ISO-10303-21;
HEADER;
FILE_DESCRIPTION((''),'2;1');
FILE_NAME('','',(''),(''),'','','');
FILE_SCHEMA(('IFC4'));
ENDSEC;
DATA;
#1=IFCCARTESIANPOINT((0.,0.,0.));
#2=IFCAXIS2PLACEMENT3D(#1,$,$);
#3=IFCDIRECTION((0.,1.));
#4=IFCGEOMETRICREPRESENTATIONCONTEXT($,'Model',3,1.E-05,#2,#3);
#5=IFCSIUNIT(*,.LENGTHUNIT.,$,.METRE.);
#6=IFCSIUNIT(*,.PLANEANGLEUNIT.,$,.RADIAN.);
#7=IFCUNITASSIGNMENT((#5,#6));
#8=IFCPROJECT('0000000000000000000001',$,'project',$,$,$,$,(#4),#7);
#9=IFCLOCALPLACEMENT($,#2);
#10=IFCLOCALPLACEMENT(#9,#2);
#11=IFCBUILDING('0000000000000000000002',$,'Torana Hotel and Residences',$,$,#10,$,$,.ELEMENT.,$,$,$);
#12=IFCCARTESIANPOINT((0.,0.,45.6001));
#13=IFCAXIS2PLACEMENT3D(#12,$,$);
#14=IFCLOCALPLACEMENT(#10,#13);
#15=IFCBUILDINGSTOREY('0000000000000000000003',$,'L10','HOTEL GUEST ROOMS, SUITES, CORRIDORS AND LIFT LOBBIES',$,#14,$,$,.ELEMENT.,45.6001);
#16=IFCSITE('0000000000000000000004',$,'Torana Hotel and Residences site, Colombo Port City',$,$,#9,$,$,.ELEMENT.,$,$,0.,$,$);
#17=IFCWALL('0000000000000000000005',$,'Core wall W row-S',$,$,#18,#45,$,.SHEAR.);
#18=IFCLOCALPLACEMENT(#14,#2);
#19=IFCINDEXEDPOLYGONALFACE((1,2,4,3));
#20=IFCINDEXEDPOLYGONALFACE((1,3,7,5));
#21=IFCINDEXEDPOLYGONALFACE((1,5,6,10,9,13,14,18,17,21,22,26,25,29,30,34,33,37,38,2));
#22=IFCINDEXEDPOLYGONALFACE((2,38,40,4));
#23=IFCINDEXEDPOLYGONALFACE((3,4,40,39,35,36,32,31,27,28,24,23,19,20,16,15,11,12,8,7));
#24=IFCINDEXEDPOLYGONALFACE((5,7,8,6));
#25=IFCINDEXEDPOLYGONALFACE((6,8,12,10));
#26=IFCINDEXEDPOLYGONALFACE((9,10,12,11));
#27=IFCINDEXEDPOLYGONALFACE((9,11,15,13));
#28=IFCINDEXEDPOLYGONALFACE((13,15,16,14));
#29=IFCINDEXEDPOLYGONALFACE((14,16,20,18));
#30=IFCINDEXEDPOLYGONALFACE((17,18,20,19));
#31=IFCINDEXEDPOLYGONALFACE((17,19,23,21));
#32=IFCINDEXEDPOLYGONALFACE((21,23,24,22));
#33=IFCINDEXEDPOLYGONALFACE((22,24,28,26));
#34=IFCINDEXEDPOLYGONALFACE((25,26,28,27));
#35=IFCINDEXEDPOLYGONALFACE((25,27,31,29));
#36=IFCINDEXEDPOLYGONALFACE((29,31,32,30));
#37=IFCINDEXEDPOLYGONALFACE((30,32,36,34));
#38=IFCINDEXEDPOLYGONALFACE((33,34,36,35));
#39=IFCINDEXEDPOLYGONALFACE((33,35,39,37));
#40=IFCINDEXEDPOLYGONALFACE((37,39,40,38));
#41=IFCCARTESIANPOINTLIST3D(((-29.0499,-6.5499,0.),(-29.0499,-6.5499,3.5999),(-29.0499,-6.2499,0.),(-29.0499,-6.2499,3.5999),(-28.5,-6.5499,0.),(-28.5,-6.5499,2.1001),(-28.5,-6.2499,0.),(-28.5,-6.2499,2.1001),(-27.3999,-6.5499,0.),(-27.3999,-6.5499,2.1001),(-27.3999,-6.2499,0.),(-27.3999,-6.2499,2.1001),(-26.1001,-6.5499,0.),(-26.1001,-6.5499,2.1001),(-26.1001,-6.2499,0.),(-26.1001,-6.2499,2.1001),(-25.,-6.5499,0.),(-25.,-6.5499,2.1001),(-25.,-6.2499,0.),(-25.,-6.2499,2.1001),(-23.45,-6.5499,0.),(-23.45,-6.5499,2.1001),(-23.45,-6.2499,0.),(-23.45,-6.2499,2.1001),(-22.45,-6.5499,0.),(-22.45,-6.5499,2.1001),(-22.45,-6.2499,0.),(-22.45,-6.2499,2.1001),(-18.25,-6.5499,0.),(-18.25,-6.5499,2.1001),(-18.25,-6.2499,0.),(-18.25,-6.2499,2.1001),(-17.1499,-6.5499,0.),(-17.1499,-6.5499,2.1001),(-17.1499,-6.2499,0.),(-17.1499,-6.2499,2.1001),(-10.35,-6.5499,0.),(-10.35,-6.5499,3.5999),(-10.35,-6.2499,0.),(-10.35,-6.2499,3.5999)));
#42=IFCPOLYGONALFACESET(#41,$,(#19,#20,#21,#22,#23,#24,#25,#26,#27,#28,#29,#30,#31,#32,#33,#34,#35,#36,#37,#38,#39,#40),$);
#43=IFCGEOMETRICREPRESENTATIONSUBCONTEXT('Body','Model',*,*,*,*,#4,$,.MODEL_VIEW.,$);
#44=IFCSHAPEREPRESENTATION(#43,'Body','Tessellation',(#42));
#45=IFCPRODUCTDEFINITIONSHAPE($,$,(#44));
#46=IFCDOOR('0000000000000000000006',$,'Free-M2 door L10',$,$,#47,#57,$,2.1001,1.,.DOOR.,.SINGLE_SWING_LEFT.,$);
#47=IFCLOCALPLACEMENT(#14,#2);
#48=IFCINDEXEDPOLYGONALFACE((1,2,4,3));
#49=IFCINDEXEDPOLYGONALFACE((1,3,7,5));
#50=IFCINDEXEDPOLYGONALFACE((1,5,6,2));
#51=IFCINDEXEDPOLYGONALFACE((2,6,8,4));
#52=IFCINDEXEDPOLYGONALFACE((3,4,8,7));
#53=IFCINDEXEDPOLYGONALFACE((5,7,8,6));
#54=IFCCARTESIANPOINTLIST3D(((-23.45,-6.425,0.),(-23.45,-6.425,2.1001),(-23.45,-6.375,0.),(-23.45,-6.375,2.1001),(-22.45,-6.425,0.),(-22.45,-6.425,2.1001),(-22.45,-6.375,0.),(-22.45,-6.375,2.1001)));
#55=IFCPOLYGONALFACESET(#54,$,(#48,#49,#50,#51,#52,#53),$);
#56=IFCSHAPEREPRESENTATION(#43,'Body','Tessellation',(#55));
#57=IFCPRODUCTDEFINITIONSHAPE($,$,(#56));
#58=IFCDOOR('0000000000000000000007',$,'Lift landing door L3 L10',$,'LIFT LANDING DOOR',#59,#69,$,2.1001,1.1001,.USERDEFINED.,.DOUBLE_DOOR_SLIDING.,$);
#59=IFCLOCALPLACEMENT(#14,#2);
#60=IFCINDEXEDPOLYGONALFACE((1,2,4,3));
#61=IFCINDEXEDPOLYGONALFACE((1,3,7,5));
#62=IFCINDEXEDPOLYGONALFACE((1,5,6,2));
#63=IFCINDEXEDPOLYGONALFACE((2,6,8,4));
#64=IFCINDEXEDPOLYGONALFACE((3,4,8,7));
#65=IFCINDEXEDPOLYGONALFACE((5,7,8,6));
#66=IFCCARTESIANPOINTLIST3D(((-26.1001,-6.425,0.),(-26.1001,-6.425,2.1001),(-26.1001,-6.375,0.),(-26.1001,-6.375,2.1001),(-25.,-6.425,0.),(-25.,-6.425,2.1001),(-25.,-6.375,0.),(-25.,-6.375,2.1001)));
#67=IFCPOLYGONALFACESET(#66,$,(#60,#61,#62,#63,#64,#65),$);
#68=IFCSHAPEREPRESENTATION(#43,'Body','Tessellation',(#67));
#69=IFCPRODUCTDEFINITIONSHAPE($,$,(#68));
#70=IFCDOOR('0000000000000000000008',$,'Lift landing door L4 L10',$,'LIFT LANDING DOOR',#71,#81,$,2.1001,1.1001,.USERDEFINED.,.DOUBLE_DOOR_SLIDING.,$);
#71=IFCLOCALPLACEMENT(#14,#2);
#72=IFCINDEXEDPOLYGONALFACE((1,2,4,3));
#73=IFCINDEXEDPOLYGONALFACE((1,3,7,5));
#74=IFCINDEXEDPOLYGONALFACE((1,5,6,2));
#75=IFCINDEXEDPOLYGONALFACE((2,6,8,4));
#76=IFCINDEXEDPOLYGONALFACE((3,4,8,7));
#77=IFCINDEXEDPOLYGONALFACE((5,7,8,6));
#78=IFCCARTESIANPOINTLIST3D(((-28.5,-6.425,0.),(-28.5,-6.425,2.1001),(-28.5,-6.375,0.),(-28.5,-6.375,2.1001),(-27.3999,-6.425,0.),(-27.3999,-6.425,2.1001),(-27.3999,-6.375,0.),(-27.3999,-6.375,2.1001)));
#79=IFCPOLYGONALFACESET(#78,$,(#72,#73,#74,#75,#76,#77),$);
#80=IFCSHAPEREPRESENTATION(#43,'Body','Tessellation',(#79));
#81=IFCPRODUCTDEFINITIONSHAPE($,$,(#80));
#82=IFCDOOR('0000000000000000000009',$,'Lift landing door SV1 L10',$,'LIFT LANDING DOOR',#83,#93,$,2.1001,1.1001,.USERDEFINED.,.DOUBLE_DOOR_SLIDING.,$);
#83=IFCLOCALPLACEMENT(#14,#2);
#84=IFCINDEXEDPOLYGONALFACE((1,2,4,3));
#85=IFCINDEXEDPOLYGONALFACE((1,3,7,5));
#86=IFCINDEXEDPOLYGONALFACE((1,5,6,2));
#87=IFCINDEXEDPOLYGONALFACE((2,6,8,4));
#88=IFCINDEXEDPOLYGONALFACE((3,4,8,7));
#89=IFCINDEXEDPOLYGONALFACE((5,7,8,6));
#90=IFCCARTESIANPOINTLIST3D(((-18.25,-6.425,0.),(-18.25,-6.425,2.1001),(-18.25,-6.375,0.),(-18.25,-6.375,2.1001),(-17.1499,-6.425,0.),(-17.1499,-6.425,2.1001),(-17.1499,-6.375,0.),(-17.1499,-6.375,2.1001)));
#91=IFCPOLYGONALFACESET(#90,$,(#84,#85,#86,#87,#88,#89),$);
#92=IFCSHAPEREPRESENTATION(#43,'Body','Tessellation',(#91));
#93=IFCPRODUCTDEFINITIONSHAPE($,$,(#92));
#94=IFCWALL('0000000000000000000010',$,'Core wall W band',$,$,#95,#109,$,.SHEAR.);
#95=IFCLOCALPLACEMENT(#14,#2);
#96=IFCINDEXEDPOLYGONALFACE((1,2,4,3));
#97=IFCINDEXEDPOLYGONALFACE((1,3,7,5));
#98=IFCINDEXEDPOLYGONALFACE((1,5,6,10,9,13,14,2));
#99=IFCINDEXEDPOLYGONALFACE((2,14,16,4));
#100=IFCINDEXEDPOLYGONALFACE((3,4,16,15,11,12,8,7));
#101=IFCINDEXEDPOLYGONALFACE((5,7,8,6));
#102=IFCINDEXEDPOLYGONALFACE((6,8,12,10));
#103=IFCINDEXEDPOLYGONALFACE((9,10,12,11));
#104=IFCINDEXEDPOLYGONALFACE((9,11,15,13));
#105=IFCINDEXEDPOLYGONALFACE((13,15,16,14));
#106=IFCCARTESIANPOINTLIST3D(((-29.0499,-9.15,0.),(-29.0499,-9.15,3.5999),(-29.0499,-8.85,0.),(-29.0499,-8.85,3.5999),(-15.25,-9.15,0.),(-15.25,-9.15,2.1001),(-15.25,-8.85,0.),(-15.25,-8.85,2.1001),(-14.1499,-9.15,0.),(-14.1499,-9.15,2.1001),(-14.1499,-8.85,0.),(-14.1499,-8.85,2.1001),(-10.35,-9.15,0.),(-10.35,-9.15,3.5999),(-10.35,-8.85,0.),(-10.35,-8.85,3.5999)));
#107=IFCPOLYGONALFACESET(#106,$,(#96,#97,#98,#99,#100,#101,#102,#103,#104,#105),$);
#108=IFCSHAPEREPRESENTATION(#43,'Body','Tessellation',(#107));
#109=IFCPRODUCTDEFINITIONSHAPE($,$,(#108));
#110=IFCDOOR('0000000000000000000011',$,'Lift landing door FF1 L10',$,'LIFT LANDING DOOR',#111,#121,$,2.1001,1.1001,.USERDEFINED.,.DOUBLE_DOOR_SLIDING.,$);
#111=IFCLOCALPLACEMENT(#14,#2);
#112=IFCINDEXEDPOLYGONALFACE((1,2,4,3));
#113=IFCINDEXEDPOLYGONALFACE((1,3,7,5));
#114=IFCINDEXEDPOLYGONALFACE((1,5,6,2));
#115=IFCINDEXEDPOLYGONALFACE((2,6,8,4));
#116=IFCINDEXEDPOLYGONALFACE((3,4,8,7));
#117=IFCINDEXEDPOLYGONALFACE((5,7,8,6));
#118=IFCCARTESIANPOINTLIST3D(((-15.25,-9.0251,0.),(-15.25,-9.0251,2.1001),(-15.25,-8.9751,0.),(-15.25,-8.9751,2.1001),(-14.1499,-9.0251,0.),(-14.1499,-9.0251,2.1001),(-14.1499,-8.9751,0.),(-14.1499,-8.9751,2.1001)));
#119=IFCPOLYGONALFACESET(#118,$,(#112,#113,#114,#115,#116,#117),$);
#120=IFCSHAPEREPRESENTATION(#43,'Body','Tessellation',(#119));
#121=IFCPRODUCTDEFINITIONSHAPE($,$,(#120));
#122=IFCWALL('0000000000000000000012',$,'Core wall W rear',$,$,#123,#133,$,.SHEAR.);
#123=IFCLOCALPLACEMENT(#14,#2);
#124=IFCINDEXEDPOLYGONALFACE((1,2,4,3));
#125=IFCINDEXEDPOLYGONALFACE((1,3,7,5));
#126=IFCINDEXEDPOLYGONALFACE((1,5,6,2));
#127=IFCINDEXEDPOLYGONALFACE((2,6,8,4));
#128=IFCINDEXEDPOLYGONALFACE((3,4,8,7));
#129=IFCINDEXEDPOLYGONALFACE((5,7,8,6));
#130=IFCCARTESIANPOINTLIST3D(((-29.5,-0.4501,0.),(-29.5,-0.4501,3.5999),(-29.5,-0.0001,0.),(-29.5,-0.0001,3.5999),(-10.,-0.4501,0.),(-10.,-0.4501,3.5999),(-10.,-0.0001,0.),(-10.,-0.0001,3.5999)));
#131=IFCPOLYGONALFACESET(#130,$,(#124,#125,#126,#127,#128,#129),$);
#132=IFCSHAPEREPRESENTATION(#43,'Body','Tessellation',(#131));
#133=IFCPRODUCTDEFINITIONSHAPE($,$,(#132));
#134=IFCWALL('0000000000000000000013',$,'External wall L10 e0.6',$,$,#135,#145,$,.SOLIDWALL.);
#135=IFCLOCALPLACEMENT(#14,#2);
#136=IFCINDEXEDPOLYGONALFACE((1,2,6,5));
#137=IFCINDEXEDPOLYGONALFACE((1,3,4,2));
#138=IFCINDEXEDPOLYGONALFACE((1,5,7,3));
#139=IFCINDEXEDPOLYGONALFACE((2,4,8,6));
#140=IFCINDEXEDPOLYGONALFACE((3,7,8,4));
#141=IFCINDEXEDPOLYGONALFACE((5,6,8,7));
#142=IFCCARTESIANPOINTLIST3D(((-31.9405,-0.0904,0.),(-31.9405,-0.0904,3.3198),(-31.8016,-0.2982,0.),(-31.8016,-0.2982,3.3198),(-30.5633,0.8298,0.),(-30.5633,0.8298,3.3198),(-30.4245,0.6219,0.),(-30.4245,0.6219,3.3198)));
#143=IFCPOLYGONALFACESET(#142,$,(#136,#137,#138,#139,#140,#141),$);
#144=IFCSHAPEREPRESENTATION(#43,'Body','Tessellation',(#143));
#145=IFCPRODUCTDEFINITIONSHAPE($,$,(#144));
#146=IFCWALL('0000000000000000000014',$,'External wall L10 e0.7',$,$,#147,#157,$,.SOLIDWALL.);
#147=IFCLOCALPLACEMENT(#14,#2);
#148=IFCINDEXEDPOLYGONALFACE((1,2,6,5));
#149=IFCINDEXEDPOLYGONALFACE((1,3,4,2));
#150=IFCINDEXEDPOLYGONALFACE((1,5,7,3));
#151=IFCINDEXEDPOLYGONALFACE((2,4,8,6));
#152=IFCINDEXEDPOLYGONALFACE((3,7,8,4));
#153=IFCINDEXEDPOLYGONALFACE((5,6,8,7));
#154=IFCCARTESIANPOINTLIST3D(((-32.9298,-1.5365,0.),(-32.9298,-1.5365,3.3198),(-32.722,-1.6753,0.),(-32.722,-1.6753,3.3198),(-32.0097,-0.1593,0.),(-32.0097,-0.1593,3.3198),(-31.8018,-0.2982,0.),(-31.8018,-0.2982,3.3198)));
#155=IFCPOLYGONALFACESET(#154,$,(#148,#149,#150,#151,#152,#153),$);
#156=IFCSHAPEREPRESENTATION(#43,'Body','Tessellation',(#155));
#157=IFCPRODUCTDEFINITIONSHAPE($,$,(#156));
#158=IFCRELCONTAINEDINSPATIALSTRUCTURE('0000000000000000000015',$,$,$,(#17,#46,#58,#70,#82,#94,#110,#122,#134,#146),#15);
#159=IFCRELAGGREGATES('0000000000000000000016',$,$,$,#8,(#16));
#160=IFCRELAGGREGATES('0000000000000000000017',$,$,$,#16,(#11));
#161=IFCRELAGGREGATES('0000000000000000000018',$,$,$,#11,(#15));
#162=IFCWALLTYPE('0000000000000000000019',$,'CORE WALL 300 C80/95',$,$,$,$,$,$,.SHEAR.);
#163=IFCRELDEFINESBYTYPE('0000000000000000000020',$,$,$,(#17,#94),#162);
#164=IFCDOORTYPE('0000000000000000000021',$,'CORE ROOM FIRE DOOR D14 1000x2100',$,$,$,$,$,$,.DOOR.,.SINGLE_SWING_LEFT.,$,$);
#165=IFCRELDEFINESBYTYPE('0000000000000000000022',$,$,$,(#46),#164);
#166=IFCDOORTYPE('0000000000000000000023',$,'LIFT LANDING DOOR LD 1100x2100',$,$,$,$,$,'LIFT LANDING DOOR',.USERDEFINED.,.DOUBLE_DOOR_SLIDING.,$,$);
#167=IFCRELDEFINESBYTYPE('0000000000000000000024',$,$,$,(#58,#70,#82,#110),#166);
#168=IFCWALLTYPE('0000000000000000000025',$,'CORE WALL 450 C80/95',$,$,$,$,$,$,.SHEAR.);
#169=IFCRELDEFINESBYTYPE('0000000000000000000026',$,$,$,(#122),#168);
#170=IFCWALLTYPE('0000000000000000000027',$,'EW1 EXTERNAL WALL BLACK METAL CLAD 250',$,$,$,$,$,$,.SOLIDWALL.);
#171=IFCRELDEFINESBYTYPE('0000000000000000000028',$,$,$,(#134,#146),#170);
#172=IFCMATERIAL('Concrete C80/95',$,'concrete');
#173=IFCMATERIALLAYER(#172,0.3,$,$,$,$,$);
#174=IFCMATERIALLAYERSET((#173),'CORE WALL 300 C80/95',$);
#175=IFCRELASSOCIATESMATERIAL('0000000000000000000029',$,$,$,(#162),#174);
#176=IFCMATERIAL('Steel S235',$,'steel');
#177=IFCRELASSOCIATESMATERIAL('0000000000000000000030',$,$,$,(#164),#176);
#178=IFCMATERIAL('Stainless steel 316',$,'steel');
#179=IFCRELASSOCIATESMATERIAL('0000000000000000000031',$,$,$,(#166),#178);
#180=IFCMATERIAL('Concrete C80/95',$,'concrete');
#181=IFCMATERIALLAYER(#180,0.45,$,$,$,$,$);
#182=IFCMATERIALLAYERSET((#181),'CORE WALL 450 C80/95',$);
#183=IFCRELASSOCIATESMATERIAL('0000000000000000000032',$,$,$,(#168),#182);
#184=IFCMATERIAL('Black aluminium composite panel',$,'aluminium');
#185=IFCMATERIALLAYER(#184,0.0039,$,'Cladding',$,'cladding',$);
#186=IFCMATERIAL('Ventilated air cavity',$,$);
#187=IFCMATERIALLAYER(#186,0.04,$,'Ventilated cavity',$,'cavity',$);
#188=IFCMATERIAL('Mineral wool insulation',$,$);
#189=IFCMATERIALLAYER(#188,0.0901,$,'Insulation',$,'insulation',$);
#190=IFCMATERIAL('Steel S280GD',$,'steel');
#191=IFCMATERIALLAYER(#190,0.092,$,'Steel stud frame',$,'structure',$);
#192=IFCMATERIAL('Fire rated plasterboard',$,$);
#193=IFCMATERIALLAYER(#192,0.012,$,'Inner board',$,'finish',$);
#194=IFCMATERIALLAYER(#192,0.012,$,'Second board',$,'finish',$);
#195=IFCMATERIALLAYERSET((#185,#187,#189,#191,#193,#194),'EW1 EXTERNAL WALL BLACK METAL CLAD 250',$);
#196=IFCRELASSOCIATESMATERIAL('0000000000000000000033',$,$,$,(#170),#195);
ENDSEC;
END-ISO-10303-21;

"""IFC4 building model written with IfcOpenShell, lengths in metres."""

from ifc_helpers import new_model, si_unit, direction, frame, frame_2d, origin, place, context, subcontext, project, spatial, rectangle, extrude, material, layer, layer_set, type_object, element, fill, save


model = new_model("IFC4")

# Units and contexts
model_context = context("Model", 3, precision=1e-05, world=origin(), true_north=direction((0.0, 1.0)))
body_context = subcontext(model_context, "Body", "Model", "MODEL_VIEW")
ifc_project = project(units=[si_unit("LENGTHUNIT", "METRE"), si_unit("PLANEANGLEUNIT", "RADIAN")], contexts=[model_context])

# Site, building, storey
site_placement = place(None, origin())
site = spatial("IfcSite", under=ifc_project, at=site_placement, Name="Torana Hotel and Residences site, Colombo Port City", CompositionType="ELEMENT", RefElevation=0.0)
building_placement = place(site_placement, origin())
building = spatial("IfcBuilding", under=site, at=building_placement, Name="Torana Hotel and Residences", CompositionType="ELEMENT")
storey_placement = place(building_placement, frame((0.0, 0.0, 45.6001)))
storey = spatial("IfcBuildingStorey", under=building, at=storey_placement, Name="L10", Description="HOTEL GUEST ROOMS, SUITES, CORRIDORS AND LIFT LOBBIES", CompositionType="ELEMENT", Elevation=45.6001)

# Wall, openings, doors
ifc_material_1 = material(Name="Concrete C80/95", Category="concrete")
ifc_layer_1 = layer(ifc_material_1, 0.3)
ifc_layer_set_1 = layer_set([ifc_layer_1], Name="CORE WALL 300 C80/95")
wall_type_1 = type_object("IfcWallType", Name="CORE WALL 300 C80/95", PredefinedType="SHEAR", material=ifc_layer_set_1)
wall_1_placement = place(storey_placement, frame((-29.05, -6.3999, 0.0), z_axis=(0.0, 0.0, 1.0), x_axis=(1.0, 0.0, 0.0)))
wall_1 = element("IfcWall", 1, at=wall_1_placement, inside=storey, type_object=wall_type_1, Name="Core wall W row-S", PredefinedType="SHEAR", context=body_context, shape_type="SweptSolid", body=[
    extrude(rectangle(XDim=18.7, YDim=0.3, at=frame_2d((9.3501, 0.0))), origin(), (0.0, 0.0, 1.0), 3.5999),
])
opening_1_placement = place(wall_1_placement, frame((2.95, 0.0, 0.0)))
opening_1 = element("IfcOpeningElement", 2, at=opening_1_placement, cuts=wall_1, PredefinedType="OPENING", context=body_context, shape_type="SweptSolid", body=[
    extrude(rectangle(XDim=1.1001, YDim=2.1001, at=frame_2d((0.55, 1.05))), frame((0.0, 0.1599, 0.0), z_axis=(0.0, -1.0, 0.0), x_axis=(1.0, 0.0, 0.0)), (0.0, 0.0, 1.0), 0.3201),
])
opening_2_placement = place(wall_1_placement, frame((0.55, 0.0, 0.0)))
opening_2 = element("IfcOpeningElement", 3, at=opening_2_placement, cuts=wall_1, PredefinedType="OPENING", context=body_context, shape_type="SweptSolid", body=[
    extrude(rectangle(XDim=1.1001, YDim=2.1001, at=frame_2d((0.55, 1.05))), frame((0.0, 0.1599, 0.0), z_axis=(0.0, -1.0, 0.0), x_axis=(1.0, 0.0, 0.0)), (0.0, 0.0, 1.0), 0.3201),
])
opening_3_placement = place(wall_1_placement, frame((10.8, 0.0, 0.0)))
opening_3 = element("IfcOpeningElement", 4, at=opening_3_placement, cuts=wall_1, PredefinedType="OPENING", context=body_context, shape_type="SweptSolid", body=[
    extrude(rectangle(XDim=1.1001, YDim=2.1001, at=frame_2d((0.55, 1.05))), frame((0.0, 0.1599, 0.0), z_axis=(0.0, -1.0, 0.0), x_axis=(1.0, 0.0, 0.0)), (0.0, 0.0, 1.0), 0.3201),
])
opening_4_placement = place(wall_1_placement, frame((5.6001, 0.0, 0.0)))
opening_4 = element("IfcOpeningElement", 5, at=opening_4_placement, cuts=wall_1, PredefinedType="OPENING", context=body_context, shape_type="SweptSolid", body=[
    extrude(rectangle(XDim=1.0, YDim=2.1001, at=frame_2d((0.5, 1.05))), frame((0.0, 0.1599, 0.0), z_axis=(0.0, -1.0, 0.0), x_axis=(1.0, 0.0, 0.0)), (0.0, 0.0, 1.0), 0.3201),
])
ifc_material_2 = material(Name="Steel S235", Category="steel")
door_type_1 = type_object("IfcDoorType", Name="CORE ROOM FIRE DOOR D14 1000x2100", OperationType="SINGLE_SWING_LEFT", PredefinedType="DOOR", material=ifc_material_2)
door_1_placement = place(opening_4_placement, frame((0.5, 0.0, 0.0), z_axis=(0.0, 0.0, 1.0), x_axis=(-1.0, 0.0, 0.0)))
door_1 = element("IfcDoor", 6, at=door_1_placement, inside=storey, type_object=door_type_1, Name="Free-M2 door L10", OperationType="SINGLE_SWING_LEFT", OverallHeight=2.1001, OverallWidth=1.0, PredefinedType="DOOR", context=body_context, shape_type="SweptSolid", body=[
    extrude(rectangle(XDim=1.0, YDim=2.1001, at=frame_2d((0.0, 1.05))), frame((0.0, -0.0249, 0.0), z_axis=(0.0, 1.0, 0.0), x_axis=(-1.0, 0.0, 0.0)), (0.0, 0.0, 1.0), 0.05),
])
fill(opening_4, door_1)
ifc_material_3 = material(Name="Stainless steel 316", Category="steel")
door_type_2 = type_object("IfcDoorType", Name="LIFT LANDING DOOR LD 1100x2100", ElementType="LIFT LANDING DOOR", OperationType="DOUBLE_DOOR_SLIDING", PredefinedType="USERDEFINED", material=ifc_material_3)
door_2_placement = place(opening_1_placement, origin())
door_2 = element("IfcDoor", 7, at=door_2_placement, inside=storey, type_object=door_type_2, Name="Lift landing door L3 L10", ObjectType="LIFT LANDING DOOR", OperationType="DOUBLE_DOOR_SLIDING", OverallHeight=2.1001, OverallWidth=1.1001, PredefinedType="USERDEFINED", context=body_context, shape_type="SweptSolid", body=[
    extrude(rectangle(XDim=1.1001, YDim=2.1001, at=frame_2d((0.55, 1.05))), frame((0.0, 0.0249, 0.0), z_axis=(0.0, -1.0, 0.0), x_axis=(1.0, 0.0, 0.0)), (0.0, 0.0, 1.0), 0.05),
])
fill(opening_1, door_2)
door_3_placement = place(opening_2_placement, origin())
door_3 = element("IfcDoor", 8, at=door_3_placement, inside=storey, type_object=door_type_2, Name="Lift landing door L4 L10", ObjectType="LIFT LANDING DOOR", OperationType="DOUBLE_DOOR_SLIDING", OverallHeight=2.1001, OverallWidth=1.1001, PredefinedType="USERDEFINED", context=body_context, shape_type="SweptSolid", body=[
    extrude(rectangle(XDim=1.1001, YDim=2.1001, at=frame_2d((0.55, 1.05))), frame((0.0, 0.0249, 0.0), z_axis=(0.0, -1.0, 0.0), x_axis=(1.0, 0.0, 0.0)), (0.0, 0.0, 1.0), 0.05),
])
fill(opening_2, door_3)
door_4_placement = place(opening_3_placement, origin())
door_4 = element("IfcDoor", 9, at=door_4_placement, inside=storey, type_object=door_type_2, Name="Lift landing door SV1 L10", ObjectType="LIFT LANDING DOOR", OperationType="DOUBLE_DOOR_SLIDING", OverallHeight=2.1001, OverallWidth=1.1001, PredefinedType="USERDEFINED", context=body_context, shape_type="SweptSolid", body=[
    extrude(rectangle(XDim=1.1001, YDim=2.1001, at=frame_2d((0.55, 1.05))), frame((0.0, 0.0249, 0.0), z_axis=(0.0, -1.0, 0.0), x_axis=(1.0, 0.0, 0.0)), (0.0, 0.0, 1.0), 0.05),
])
fill(opening_3, door_4)

# Wall, opening, door
wall_2_placement = place(storey_placement, frame((-29.05, -9.0, 0.0), z_axis=(0.0, 0.0, 1.0), x_axis=(1.0, 0.0, 0.0)))
wall_2 = element("IfcWall", 10, at=wall_2_placement, inside=storey, type_object=wall_type_1, Name="Core wall W band", PredefinedType="SHEAR", context=body_context, shape_type="SweptSolid", body=[
    extrude(rectangle(XDim=18.7, YDim=0.3, at=frame_2d((9.3501, 0.0))), origin(), (0.0, 0.0, 1.0), 3.5999),
])
opening_5_placement = place(wall_2_placement, frame((13.8, 0.0, 0.0)))
opening_5 = element("IfcOpeningElement", 11, at=opening_5_placement, cuts=wall_2, PredefinedType="OPENING", context=body_context, shape_type="SweptSolid", body=[
    extrude(rectangle(XDim=1.1001, YDim=2.1001, at=frame_2d((0.55, 1.05))), frame((0.0, 0.1599, 0.0), z_axis=(0.0, -1.0, 0.0), x_axis=(1.0, 0.0, 0.0)), (0.0, 0.0, 1.0), 0.3201),
])
door_5_placement = place(opening_5_placement, origin())
door_5 = element("IfcDoor", 12, at=door_5_placement, inside=storey, type_object=door_type_2, Name="Lift landing door FF1 L10", ObjectType="LIFT LANDING DOOR", OperationType="DOUBLE_DOOR_SLIDING", OverallHeight=2.1001, OverallWidth=1.1001, PredefinedType="USERDEFINED", context=body_context, shape_type="SweptSolid", body=[
    extrude(rectangle(XDim=1.1001, YDim=2.1001, at=frame_2d((0.55, 1.05))), frame((0.0, 0.0249, 0.0), z_axis=(0.0, -1.0, 0.0), x_axis=(1.0, 0.0, 0.0)), (0.0, 0.0, 1.0), 0.05),
])
fill(opening_5, door_5)

# Walls
ifc_material_4 = material(Name="Concrete C80/95", Category="concrete")
ifc_layer_2 = layer(ifc_material_4, 0.45)
ifc_layer_set_2 = layer_set([ifc_layer_2], Name="CORE WALL 450 C80/95")
wall_type_2 = type_object("IfcWallType", Name="CORE WALL 450 C80/95", PredefinedType="SHEAR", material=ifc_layer_set_2)
wall_3_placement = place(storey_placement, frame((-29.5, -0.2251, 0.0), z_axis=(0.0, 0.0, 1.0), x_axis=(1.0, 0.0, 0.0)))
element("IfcWall", 13, at=wall_3_placement, inside=storey, type_object=wall_type_2, Name="Core wall W rear", PredefinedType="SHEAR", context=body_context, shape_type="SweptSolid", body=[
    extrude(rectangle(XDim=19.5, YDim=0.45, at=frame_2d((9.75, 0.0))), origin(), (0.0, 0.0, 1.0), 3.5999),
])
ifc_material_5 = material(Name="Black aluminium composite panel", Category="aluminium")
ifc_layer_3 = layer(ifc_material_5, 0.0039, Name="Cladding", Category="cladding")
ifc_material_6 = material(Name="Ventilated air cavity")
ifc_layer_4 = layer(ifc_material_6, 0.04, Name="Ventilated cavity", Category="cavity")
ifc_material_7 = material(Name="Mineral wool insulation")
ifc_layer_5 = layer(ifc_material_7, 0.0901, Name="Insulation", Category="insulation")
ifc_material_8 = material(Name="Steel S280GD", Category="steel")
ifc_layer_6 = layer(ifc_material_8, 0.092, Name="Steel stud frame", Category="structure")
ifc_material_9 = material(Name="Fire rated plasterboard")
ifc_layer_7 = layer(ifc_material_9, 0.012, Name="Inner board", Category="finish")
ifc_layer_8 = layer(ifc_material_9, 0.012, Name="Second board", Category="finish")
ifc_layer_set_3 = layer_set([ifc_layer_3, ifc_layer_4, ifc_layer_5, ifc_layer_6, ifc_layer_7, ifc_layer_8], Name="EW1 EXTERNAL WALL BLACK METAL CLAD 250")
wall_type_3 = type_object("IfcWallType", Name="EW1 EXTERNAL WALL BLACK METAL CLAD 250", PredefinedType="SOLIDWALL", material=ifc_layer_set_3)
for number, where, z_axis, x_axis, name in (
    (14, (-30.4939, 0.7258, 0.0), (0.0, 0.0, 1.0), (-0.831483, -0.55555, 0.0), "External wall L10 e0.6"),
    (15, (-31.9058, -0.2288, 0.0), (0.0, 0.0, 1.0), (-0.55555, -0.831483, 0.0), "External wall L10 e0.7"),
):
    element("IfcWall", number, at=place(storey_placement, frame(where, z_axis=z_axis, x_axis=x_axis)), inside=storey, type_object=wall_type_3, Name=name, PredefinedType="SOLIDWALL", context=body_context, shape_type="SweptSolid", body=[
        extrude(rectangle(XDim=1.6562, YDim=0.25, at=frame_2d((0.8281, 0.0))), origin(), (0.0, 0.0, 1.0), 3.3198),
    ])

save(model, "model.ifc")
